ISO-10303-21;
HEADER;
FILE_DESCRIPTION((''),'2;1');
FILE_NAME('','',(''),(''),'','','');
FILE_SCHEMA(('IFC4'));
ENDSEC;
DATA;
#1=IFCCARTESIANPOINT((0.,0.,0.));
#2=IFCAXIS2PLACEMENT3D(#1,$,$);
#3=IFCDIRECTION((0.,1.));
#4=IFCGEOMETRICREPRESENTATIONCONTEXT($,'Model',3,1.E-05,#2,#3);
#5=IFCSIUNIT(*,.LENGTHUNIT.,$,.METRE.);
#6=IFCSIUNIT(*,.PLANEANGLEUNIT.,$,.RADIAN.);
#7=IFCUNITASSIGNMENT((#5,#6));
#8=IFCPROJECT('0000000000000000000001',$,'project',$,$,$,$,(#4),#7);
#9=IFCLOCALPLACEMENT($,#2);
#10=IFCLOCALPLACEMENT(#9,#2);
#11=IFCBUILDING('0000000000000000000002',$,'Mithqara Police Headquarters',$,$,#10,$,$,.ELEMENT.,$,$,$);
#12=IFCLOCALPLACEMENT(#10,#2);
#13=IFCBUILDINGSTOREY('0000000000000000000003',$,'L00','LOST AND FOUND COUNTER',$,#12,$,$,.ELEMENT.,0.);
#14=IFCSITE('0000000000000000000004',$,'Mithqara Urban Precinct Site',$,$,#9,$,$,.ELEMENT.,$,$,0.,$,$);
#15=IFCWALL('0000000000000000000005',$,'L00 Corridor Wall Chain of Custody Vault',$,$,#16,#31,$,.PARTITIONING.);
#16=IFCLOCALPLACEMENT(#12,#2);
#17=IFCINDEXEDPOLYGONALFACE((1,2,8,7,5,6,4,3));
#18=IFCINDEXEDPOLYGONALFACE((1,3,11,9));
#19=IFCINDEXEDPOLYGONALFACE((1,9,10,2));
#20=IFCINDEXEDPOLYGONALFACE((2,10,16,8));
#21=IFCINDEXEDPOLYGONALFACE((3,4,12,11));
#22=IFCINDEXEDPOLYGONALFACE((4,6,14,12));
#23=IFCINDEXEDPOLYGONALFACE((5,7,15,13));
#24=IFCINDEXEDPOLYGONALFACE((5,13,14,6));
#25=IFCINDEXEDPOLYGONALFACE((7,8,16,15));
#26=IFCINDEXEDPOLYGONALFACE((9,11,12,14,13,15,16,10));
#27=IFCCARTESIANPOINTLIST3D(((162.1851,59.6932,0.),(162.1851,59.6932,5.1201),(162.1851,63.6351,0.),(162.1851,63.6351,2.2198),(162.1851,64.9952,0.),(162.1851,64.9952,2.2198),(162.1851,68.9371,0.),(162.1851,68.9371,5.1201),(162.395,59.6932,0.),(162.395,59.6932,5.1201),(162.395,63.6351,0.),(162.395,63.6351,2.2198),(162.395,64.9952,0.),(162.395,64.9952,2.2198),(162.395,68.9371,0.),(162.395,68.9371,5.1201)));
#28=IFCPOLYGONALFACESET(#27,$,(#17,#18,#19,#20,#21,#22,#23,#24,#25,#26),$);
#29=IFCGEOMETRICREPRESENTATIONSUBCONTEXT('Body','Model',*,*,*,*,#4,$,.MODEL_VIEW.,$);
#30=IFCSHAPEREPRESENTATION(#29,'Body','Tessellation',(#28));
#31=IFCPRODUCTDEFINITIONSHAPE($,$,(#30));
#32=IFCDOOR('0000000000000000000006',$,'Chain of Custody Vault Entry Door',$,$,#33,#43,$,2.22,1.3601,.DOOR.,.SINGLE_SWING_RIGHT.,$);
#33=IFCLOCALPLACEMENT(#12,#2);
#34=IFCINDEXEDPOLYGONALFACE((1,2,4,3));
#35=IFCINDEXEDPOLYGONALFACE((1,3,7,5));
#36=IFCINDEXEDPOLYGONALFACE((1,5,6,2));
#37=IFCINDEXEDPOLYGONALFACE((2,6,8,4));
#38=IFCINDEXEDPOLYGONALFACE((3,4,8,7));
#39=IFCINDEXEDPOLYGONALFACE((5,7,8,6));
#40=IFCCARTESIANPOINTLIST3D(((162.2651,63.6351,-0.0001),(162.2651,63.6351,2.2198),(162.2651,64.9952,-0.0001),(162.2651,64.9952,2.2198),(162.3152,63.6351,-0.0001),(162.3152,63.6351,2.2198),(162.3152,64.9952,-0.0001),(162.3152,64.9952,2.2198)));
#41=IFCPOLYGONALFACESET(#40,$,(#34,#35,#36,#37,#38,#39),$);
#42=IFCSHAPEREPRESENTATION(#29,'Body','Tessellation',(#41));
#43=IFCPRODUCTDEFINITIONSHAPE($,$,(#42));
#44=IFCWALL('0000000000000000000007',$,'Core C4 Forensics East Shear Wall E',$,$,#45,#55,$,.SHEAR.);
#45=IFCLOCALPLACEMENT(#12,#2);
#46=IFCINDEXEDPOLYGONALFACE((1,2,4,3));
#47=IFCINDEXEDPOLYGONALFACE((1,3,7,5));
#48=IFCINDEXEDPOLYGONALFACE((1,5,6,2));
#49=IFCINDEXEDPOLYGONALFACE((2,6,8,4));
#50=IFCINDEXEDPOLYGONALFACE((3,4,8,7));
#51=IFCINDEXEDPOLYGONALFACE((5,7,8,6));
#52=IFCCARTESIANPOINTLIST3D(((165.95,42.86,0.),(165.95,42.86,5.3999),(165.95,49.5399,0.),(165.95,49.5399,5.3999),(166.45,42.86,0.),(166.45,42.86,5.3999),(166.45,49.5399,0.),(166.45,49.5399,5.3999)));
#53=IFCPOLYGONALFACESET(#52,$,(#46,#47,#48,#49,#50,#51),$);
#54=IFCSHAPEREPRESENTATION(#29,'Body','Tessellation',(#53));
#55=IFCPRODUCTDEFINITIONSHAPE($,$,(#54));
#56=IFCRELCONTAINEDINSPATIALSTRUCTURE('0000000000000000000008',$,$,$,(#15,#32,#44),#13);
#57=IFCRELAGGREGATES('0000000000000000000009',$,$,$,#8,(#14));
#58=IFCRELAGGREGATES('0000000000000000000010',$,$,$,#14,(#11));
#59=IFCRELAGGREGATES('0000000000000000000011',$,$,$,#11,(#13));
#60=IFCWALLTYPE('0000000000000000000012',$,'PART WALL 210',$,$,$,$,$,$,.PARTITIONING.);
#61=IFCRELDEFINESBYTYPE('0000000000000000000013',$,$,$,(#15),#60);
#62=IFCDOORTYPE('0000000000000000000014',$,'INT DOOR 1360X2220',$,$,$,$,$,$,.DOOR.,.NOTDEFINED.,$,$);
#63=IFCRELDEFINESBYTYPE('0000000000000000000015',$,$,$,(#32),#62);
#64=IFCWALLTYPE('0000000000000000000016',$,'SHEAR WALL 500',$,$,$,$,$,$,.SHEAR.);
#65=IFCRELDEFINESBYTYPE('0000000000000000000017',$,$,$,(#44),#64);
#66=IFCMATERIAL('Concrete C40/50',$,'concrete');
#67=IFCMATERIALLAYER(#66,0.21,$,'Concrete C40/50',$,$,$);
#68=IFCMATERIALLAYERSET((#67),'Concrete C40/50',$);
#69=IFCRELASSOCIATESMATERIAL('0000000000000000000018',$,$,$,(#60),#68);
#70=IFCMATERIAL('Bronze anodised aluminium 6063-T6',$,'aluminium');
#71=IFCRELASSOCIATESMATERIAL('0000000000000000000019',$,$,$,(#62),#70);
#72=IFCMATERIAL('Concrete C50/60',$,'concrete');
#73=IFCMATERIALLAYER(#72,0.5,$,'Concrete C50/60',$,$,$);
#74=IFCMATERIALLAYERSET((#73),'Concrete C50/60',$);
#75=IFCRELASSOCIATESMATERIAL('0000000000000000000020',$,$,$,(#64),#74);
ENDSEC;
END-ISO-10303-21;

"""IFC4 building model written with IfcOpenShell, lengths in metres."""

from ifc_helpers import new_model, si_unit, direction, frame, frame_2d, origin, place, context, subcontext, project, spatial, rectangle, extrude, material, layer, layer_set, type_object, element, fill, save


model = new_model("IFC4")

# Units and contexts
model_context = context("Model", 3, precision=1e-05, world=origin(), true_north=direction((0.0, 1.0)))
body_context = subcontext(model_context, "Body", "Model", "MODEL_VIEW")
ifc_project = project(units=[si_unit("LENGTHUNIT", "METRE"), si_unit("PLANEANGLEUNIT", "RADIAN")], contexts=[model_context])

# Site, building, storey
site_placement = place(None, origin())
site = spatial("IfcSite", under=ifc_project, at=site_placement, Name="Mithqara Urban Precinct Site", CompositionType="ELEMENT", RefElevation=0.0)
building_placement = place(site_placement, origin())
building = spatial("IfcBuilding", under=site, at=building_placement, Name="Mithqara Police Headquarters", CompositionType="ELEMENT")
storey_placement = place(building_placement, origin())
storey = spatial("IfcBuildingStorey", under=building, at=storey_placement, Name="L00", Description="LOST AND FOUND COUNTER", CompositionType="ELEMENT", Elevation=0.0)

# Shared definitions
ifc_material_1 = material(Name="Concrete C40/50", Category="concrete")

# Shared definitions
ifc_material_2 = material(Name="Concrete C50/60", Category="concrete")

# Shared definitions
ifc_layer_1 = layer(ifc_material_1, 0.21, Name="Concrete C40/50")
ifc_layer_set_1 = layer_set([ifc_layer_1], Name="Concrete C40/50")
wall_type_1 = type_object("IfcWallType", Name="PART WALL 210", PredefinedType="PARTITIONING", material=ifc_layer_set_1)

# Shared definitions
ifc_material_3 = material(Name="Bronze anodised aluminium 6063-T6", Category="aluminium")

# Wall, opening, door
wall_1_placement = place(storey_placement, frame((162.29, 59.6931, 0.0), z_axis=(0.0, 0.0, 1.0), x_axis=(0.0, 1.0, 0.0)))
wall_1 = element("IfcWall", 1, at=wall_1_placement, inside=storey, type_object=wall_type_1, Name="L00 Corridor Wall Chain of Custody Vault", PredefinedType="PARTITIONING", context=body_context, shape_type="SweptSolid", body=[
    extrude(rectangle(XDim=9.2439, YDim=0.21, at=frame_2d((4.6221, 0.0))), origin(), (0.0, 0.0, 1.0), 5.1201),
])
opening_1_placement = place(wall_1_placement, frame((3.9419, 0.0, 0.0)))
opening_1 = element("IfcOpeningElement", 2, at=opening_1_placement, cuts=wall_1, PredefinedType="OPENING", context=body_context, shape_type="SweptSolid", body=[
    extrude(rectangle(XDim=1.3601, YDim=2.22, at=frame_2d((0.6802, 1.1099))), frame((0.0, 0.115, 0.0), z_axis=(0.0, -1.0, 0.0), x_axis=(1.0, 0.0, 0.0)), (0.0, 0.0, 1.0), 0.23),
])
door_type_1 = type_object("IfcDoorType", Name="INT DOOR 1360X2220", OperationType="NOTDEFINED", PredefinedType="DOOR", material=ifc_material_3)
door_1_placement = place(opening_1_placement, origin())
door_1 = element("IfcDoor", 3, at=door_1_placement, inside=storey, type_object=door_type_1, Name="Chain of Custody Vault Entry Door", OperationType="SINGLE_SWING_RIGHT", OverallHeight=2.22, OverallWidth=1.3601, PredefinedType="DOOR", context=body_context, shape_type="SweptSolid", body=[
    extrude(rectangle(XDim=1.3601, YDim=2.22, at=frame_2d((0.6802, 1.1099))), frame((0.0, 0.0249, 0.0), z_axis=(0.0, -1.0, 0.0), x_axis=(1.0, 0.0, 0.0)), (0.0, 0.0, 1.0), 0.05),
])
fill(opening_1, door_1)

# Wall
ifc_layer_2 = layer(ifc_material_2, 0.5, Name="Concrete C50/60")
ifc_layer_set_2 = layer_set([ifc_layer_2], Name="Concrete C50/60")
wall_type_2 = type_object("IfcWallType", Name="SHEAR WALL 500", PredefinedType="SHEAR", material=ifc_layer_set_2)
wall_2_placement = place(storey_placement, frame((166.2, 42.8601, 0.0), z_axis=(0.0, 0.0, 1.0), x_axis=(0.0, 1.0, 0.0)))
element("IfcWall", 4, at=wall_2_placement, inside=storey, type_object=wall_type_2, Name="Core C4 Forensics East Shear Wall E", PredefinedType="SHEAR", context=body_context, shape_type="SweptSolid", body=[
    extrude(rectangle(XDim=6.6799, YDim=0.5, at=frame_2d((3.3398, 0.0))), origin(), (0.0, 0.0, 1.0), 5.3999),
])

save(model, "model.ifc")
